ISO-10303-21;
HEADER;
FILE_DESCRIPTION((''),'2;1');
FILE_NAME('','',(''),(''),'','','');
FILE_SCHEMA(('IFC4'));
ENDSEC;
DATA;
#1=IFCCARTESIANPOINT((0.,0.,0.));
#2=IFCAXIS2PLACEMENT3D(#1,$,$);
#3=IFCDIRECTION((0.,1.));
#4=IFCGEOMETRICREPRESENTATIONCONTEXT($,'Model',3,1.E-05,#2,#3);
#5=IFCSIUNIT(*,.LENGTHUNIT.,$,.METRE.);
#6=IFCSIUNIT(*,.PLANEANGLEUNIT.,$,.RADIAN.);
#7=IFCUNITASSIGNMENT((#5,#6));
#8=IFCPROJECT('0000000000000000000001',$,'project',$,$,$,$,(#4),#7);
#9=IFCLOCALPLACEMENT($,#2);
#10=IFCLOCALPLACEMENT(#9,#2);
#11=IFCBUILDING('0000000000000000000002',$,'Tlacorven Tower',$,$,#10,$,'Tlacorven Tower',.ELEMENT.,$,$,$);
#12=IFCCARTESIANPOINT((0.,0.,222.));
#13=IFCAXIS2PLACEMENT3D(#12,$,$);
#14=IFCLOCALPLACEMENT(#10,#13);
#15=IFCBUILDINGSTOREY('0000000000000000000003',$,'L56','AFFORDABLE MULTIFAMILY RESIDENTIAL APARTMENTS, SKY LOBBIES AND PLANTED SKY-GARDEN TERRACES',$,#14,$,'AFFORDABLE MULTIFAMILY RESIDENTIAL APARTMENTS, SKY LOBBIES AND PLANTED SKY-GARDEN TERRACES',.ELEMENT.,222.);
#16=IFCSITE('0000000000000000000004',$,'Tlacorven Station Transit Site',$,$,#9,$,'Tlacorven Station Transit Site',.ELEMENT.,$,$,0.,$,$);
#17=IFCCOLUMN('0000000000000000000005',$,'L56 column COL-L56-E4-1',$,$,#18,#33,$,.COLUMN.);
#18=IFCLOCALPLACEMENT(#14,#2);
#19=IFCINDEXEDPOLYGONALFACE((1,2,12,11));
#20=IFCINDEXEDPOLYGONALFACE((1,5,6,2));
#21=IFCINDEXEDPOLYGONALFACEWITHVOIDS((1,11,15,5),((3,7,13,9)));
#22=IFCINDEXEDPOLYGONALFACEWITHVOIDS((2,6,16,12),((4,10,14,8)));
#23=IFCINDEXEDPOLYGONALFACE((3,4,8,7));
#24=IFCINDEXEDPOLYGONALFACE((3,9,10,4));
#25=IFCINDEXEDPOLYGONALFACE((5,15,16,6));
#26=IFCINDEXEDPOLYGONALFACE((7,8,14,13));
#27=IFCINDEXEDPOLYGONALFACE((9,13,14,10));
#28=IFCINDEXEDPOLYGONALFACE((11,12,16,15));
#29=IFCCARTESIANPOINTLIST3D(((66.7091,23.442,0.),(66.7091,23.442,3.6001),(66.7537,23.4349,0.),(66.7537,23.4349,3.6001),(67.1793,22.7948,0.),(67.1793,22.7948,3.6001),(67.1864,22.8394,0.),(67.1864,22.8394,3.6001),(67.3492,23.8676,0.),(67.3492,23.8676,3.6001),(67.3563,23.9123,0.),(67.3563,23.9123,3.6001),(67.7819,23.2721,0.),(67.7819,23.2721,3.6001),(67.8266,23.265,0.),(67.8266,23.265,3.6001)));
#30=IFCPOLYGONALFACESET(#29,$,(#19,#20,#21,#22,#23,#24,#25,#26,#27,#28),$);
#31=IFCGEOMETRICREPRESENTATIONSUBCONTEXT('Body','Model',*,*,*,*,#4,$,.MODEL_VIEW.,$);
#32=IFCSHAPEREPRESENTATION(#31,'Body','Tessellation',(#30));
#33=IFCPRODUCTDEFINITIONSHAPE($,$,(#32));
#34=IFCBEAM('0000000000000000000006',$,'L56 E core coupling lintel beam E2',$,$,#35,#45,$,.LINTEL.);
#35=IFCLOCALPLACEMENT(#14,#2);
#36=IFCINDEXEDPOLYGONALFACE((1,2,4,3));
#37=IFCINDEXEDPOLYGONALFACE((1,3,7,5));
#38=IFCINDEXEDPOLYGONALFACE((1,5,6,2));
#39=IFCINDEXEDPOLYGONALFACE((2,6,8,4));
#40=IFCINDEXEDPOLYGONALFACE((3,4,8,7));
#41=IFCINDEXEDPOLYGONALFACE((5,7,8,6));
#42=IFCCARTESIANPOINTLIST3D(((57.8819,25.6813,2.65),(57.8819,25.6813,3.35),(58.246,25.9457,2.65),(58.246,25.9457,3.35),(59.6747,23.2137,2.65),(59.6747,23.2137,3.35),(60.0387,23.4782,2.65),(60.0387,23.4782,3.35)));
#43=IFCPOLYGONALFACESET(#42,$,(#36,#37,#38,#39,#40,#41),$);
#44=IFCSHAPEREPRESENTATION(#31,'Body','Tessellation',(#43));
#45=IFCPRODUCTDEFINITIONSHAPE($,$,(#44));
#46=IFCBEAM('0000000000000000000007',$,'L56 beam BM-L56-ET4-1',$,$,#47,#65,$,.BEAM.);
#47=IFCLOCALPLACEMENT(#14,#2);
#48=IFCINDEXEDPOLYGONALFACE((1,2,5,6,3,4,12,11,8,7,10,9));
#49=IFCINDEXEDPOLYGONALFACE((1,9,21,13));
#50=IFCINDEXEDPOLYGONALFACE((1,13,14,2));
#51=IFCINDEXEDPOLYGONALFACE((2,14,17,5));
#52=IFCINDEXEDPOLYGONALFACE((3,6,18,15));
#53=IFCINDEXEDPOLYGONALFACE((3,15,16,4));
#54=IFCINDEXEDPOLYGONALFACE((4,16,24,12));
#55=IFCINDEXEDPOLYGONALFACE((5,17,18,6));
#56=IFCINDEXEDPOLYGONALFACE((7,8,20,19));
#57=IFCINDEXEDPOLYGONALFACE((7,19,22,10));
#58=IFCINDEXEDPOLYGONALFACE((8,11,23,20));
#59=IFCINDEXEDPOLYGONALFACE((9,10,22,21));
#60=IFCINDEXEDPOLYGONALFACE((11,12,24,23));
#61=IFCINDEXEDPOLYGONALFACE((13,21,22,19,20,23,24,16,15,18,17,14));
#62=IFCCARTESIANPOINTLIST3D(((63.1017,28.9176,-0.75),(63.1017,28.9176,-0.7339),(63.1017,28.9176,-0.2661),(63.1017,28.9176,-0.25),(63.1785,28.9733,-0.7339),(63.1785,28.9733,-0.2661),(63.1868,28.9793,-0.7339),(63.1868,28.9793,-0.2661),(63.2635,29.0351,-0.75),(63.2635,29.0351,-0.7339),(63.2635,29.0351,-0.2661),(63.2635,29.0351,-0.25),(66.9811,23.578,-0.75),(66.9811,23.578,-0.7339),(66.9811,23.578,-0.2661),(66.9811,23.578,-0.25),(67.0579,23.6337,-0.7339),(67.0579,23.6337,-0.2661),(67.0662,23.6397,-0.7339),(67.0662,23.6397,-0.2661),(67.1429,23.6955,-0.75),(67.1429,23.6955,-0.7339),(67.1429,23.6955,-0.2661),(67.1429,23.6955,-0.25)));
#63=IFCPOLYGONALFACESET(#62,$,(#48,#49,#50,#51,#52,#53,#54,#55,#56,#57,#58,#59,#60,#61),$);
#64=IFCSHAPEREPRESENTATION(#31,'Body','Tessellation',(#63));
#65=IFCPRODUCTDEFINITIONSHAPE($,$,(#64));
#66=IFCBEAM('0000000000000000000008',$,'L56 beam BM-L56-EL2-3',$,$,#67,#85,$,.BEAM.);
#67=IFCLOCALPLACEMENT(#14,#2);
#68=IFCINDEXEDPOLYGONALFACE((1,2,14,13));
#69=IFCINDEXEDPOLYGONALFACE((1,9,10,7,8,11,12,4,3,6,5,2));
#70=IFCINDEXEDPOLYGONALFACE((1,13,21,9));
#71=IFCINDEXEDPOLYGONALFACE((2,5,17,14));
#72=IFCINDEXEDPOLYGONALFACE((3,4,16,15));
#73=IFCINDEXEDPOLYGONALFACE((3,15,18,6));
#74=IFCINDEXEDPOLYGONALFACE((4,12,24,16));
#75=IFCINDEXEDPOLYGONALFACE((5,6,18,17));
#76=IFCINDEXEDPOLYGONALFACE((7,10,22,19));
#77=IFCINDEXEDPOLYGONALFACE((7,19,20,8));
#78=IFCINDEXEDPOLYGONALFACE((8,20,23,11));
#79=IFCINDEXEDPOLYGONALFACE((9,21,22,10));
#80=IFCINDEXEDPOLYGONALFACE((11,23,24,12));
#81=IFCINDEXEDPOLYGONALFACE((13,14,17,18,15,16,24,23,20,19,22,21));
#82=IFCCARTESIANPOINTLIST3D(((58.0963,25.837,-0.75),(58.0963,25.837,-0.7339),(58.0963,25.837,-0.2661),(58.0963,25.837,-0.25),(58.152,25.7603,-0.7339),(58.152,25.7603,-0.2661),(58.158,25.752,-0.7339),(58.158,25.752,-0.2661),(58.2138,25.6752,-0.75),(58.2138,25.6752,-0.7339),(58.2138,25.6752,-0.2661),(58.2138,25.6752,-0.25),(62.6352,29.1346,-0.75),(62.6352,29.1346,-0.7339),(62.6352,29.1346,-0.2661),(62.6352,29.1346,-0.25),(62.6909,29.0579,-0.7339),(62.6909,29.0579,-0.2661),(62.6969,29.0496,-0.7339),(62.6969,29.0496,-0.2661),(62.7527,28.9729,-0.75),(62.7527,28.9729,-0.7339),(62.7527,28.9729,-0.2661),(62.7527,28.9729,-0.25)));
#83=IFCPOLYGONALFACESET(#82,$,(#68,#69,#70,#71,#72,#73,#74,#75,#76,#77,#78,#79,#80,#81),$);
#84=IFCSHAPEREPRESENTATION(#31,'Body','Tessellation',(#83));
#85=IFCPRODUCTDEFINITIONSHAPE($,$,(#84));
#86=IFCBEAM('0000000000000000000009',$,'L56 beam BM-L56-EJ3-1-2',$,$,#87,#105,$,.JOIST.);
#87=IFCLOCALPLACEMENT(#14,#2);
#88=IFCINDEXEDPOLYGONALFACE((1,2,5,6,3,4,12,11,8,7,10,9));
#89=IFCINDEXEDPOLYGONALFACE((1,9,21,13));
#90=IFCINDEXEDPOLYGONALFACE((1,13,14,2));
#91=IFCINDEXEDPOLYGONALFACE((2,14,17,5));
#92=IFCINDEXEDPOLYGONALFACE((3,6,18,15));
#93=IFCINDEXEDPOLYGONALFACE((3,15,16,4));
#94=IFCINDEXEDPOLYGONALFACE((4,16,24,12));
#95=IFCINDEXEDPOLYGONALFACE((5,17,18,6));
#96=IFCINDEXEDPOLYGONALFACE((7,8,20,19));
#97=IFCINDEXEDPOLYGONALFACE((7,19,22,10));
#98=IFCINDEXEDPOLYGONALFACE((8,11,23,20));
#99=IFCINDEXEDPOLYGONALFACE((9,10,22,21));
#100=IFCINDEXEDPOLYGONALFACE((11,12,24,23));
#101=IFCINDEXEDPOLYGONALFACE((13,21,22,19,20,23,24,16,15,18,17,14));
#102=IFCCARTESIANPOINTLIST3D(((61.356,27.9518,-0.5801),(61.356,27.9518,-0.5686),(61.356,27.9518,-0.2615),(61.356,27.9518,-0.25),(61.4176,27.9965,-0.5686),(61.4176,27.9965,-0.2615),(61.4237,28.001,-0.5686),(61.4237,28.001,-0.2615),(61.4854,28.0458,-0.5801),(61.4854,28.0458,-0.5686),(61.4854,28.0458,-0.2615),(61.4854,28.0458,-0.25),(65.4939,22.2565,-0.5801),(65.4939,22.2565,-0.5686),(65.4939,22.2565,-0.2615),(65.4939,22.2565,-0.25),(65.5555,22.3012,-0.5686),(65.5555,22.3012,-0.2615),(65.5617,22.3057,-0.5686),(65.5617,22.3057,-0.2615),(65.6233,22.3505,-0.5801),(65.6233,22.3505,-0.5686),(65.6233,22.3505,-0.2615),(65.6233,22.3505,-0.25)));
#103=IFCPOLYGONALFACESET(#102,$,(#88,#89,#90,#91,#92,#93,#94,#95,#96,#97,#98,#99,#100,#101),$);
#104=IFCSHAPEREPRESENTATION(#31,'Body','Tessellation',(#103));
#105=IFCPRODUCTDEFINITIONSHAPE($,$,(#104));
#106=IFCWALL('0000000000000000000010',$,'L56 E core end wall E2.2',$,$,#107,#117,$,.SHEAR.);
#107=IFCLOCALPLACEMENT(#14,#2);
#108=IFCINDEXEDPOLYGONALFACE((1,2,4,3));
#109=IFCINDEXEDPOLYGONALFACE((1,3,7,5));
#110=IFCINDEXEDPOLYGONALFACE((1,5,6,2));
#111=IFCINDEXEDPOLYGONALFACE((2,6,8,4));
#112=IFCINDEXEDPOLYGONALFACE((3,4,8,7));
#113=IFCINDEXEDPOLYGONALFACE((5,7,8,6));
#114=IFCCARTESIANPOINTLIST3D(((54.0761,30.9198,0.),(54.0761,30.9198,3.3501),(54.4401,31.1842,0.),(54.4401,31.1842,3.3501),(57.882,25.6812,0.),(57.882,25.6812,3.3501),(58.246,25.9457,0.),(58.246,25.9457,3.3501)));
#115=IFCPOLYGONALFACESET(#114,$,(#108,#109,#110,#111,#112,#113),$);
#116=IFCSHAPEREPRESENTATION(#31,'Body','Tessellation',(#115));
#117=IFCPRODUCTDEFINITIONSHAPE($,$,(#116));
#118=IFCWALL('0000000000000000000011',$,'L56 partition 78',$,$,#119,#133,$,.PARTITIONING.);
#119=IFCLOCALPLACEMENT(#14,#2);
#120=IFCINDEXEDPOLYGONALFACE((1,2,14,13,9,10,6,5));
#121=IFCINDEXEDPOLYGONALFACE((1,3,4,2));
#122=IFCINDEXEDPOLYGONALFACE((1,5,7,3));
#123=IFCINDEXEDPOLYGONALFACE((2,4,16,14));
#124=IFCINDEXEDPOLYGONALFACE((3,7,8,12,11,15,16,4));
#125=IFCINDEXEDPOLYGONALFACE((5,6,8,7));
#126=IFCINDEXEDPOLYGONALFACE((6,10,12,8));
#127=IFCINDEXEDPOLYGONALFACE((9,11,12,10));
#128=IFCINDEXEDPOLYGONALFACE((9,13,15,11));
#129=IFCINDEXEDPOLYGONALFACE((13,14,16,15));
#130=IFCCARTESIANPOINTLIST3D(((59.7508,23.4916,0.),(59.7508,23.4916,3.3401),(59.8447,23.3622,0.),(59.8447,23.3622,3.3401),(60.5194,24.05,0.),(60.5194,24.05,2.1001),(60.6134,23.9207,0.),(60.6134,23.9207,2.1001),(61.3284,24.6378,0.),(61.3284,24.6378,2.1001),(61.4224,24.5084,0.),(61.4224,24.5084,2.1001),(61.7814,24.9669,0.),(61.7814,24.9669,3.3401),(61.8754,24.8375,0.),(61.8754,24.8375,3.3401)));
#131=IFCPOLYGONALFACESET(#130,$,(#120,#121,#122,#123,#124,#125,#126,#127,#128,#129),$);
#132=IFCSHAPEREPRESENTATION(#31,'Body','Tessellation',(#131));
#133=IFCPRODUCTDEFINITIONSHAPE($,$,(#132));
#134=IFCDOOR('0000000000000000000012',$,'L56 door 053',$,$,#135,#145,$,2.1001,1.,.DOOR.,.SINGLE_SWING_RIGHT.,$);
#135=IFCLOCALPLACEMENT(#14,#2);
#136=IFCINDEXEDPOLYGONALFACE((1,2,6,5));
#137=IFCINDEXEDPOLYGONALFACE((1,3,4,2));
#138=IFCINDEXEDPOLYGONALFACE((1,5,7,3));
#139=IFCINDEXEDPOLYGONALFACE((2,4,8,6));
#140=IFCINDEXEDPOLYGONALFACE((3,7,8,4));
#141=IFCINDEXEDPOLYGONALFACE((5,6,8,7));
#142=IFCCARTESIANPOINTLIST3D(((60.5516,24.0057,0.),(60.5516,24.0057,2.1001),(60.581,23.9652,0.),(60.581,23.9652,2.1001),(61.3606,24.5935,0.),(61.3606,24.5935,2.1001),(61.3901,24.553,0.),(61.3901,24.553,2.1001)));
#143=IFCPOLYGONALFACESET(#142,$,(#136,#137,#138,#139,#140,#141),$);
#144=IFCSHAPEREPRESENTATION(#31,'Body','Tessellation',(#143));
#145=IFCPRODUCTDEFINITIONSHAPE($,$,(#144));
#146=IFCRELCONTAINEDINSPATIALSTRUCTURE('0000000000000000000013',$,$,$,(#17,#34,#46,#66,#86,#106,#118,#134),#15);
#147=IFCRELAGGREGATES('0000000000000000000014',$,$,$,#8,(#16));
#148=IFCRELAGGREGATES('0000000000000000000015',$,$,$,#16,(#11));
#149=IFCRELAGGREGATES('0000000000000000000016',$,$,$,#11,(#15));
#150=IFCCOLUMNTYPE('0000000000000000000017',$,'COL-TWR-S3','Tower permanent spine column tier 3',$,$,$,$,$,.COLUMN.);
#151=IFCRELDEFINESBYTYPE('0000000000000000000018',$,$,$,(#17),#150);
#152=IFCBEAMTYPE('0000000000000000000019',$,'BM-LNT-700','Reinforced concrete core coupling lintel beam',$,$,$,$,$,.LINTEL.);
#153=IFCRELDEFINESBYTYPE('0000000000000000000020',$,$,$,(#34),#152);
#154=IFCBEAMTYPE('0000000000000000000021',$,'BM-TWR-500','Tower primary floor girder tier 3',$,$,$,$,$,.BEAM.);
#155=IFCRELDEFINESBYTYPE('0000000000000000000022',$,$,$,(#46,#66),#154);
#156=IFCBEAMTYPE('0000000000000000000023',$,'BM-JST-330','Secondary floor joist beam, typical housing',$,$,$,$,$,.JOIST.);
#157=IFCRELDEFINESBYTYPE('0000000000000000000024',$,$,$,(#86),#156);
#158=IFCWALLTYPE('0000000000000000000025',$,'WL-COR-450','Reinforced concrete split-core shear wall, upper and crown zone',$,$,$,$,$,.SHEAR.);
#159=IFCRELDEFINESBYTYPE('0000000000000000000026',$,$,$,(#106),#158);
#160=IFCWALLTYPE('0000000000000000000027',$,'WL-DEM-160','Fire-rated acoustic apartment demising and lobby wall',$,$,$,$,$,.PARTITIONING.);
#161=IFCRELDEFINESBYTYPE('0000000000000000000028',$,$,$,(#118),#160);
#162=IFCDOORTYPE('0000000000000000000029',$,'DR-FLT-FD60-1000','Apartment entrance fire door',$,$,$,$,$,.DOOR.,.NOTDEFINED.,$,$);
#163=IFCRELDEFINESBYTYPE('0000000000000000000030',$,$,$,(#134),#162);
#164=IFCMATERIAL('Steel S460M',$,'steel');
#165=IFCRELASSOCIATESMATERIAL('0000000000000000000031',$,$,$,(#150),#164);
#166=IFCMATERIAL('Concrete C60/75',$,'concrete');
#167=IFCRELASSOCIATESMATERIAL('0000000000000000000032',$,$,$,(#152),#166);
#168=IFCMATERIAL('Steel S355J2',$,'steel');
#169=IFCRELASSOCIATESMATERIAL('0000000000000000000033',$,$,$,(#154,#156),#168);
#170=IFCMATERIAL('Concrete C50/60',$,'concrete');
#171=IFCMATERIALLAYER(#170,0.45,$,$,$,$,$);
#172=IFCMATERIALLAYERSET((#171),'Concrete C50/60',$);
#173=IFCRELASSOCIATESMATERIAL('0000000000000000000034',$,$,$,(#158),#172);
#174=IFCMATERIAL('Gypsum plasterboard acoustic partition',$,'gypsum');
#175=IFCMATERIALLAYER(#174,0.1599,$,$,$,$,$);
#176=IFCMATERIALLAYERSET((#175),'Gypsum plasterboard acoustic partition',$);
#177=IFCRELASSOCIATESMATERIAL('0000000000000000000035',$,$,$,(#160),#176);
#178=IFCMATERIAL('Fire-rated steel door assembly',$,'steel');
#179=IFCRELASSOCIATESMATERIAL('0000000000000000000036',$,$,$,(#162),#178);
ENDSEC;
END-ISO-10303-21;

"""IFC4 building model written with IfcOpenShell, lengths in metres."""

from ifc_helpers import new_model, si_unit, direction, frame, frame_2d, origin, origin_2d, place, context, subcontext, project, spatial, rectangle, hollow_rectangle, i_section, extrude, source, transform, mapped, material, layer, layer_set, material_profile, profile_set, type_object, element, fill, save


model = new_model("IFC4")

# Units and contexts
model_context = context("Model", 3, precision=1e-05, world=origin(), true_north=direction((0.0, 1.0)))
body_context = subcontext(model_context, "Body", "Model", "MODEL_VIEW")
ifc_project = project(units=[si_unit("LENGTHUNIT", "METRE"), si_unit("PLANEANGLEUNIT", "RADIAN")], contexts=[model_context])

# Site, building, storey
site_placement = place(None, origin())
site = spatial("IfcSite", under=ifc_project, at=site_placement, Name="Tlacorven Station Transit Site", LongName="Tlacorven Station Transit Site", CompositionType="ELEMENT", RefElevation=0.0)
building_placement = place(site_placement, origin())
building = spatial("IfcBuilding", under=site, at=building_placement, Name="Tlacorven Tower", LongName="Tlacorven Tower", CompositionType="ELEMENT")
storey_placement = place(building_placement, frame((0.0, 0.0, 222.0)))
storey = spatial("IfcBuildingStorey", under=building, at=storey_placement, Name="L56", Description="AFFORDABLE MULTIFAMILY RESIDENTIAL APARTMENTS, SKY LOBBIES AND PLANTED SKY-GARDEN TERRACES", LongName="AFFORDABLE MULTIFAMILY RESIDENTIAL APARTMENTS, SKY LOBBIES AND PLANTED SKY-GARDEN TERRACES", CompositionType="ELEMENT", Elevation=222.0)

# Column
ifc_material_1 = material(Name="Steel S460M", Category="steel")
ifc_material_profile_1 = material_profile(ifc_material_1, hollow_rectangle(XDim=0.8, YDim=0.8, WallThickness=0.032, at=origin_2d()), Name="BOX 800X800X32")
ifc_profile_set_1 = profile_set([ifc_material_profile_1], Name="Steel S460M")
column_type = type_object("IfcColumnType", Name="COL-TWR-S3", Description="Tower permanent spine column tier 3", PredefinedType="COLUMN", material=ifc_profile_set_1)
shared_shape_1 = source(origin(), body_context, "Body", "SweptSolid", [
    extrude(hollow_rectangle(XDim=0.8, YDim=0.8, WallThickness=0.032, at=origin_2d()), origin(), (0.0, 0.0, 1.0), 3.6001),
])
column_placement = place(storey_placement, frame((67.2678, 23.3535, 0.0), z_axis=(0.0, 0.0, 1.0), x_axis=(0.809017, 0.587785, 0.0)))
element("IfcColumn", 1, at=column_placement, inside=storey, type_object=column_type, Name="L56 column COL-L56-E4-1", PredefinedType="COLUMN", context=body_context, shape_type="MappedRepresentation", body=[
    mapped(shared_shape_1, transform((0.0, 0.0, 0.0), scale=1.0)),
])

# Beams
ifc_material_2 = material(Name="Concrete C60/75", Category="concrete")
ifc_material_profile_2 = material_profile(ifc_material_2, rectangle(XDim=0.45, YDim=0.7, at=origin_2d()), Name="RC 450X700")
ifc_profile_set_2 = profile_set([ifc_material_profile_2], Name="Concrete C60/75")
beam_type_1 = type_object("IfcBeamType", Name="BM-LNT-700", Description="Reinforced concrete core coupling lintel beam", PredefinedType="LINTEL", material=ifc_profile_set_2)
shared_shape_2 = source(origin(), body_context, "Body", "SweptSolid", [
    extrude(rectangle(XDim=0.45, YDim=0.7, at=origin_2d()), origin(), (0.0, 0.0, 1.0), 3.05),
])
beam_1_placement = place(storey_placement, frame((59.8567, 23.3459, 3.0), z_axis=(-0.587777, 0.809023, 0.0), x_axis=(-0.809023, -0.587777, 0.0)))
element("IfcBeam", 2, at=beam_1_placement, inside=storey, type_object=beam_type_1, Name="L56 E core coupling lintel beam E2", PredefinedType="LINTEL", context=body_context, shape_type="MappedRepresentation", body=[
    mapped(shared_shape_2, transform((0.0, 0.0, 0.0), scale=1.0)),
])
ifc_material_3 = material(Name="Steel S355J2", Category="steel")
ifc_material_profile_3 = material_profile(ifc_material_3, i_section(OverallWidth=0.2, OverallDepth=0.5, WebThickness=0.0103, FlangeThickness=0.0161, at=origin_2d()), Name="IPE 500")
ifc_profile_set_3 = profile_set([ifc_material_profile_3], Name="Steel S355J2")
beam_type_2 = type_object("IfcBeamType", Name="BM-TWR-500", Description="Tower primary floor girder tier 3", PredefinedType="BEAM", material=ifc_profile_set_3)
shared_shape_3 = source(origin(), body_context, "Body", "SweptSolid", [
    extrude(i_section(OverallWidth=0.2, OverallDepth=0.5, WebThickness=0.0103, FlangeThickness=0.0161, at=origin_2d()), origin(), (0.0, 0.0, 1.0), 6.6001),
])
beam_2_placement = place(storey_placement, frame((67.062, 23.6367, -0.5), z_axis=(-0.58778, 0.809021, 0.0), x_axis=(-0.809021, -0.58778, 0.0)))
element("IfcBeam", 3, at=beam_2_placement, inside=storey, type_object=beam_type_2, Name="L56 beam BM-L56-ET4-1", PredefinedType="BEAM", context=body_context, shape_type="MappedRepresentation", body=[
    mapped(shared_shape_3, transform((0.0, 0.0, 0.0), scale=1.0)),
])
shared_shape_4 = source(origin(), body_context, "Body", "SweptSolid", [
    extrude(i_section(OverallWidth=0.2, OverallDepth=0.5, WebThickness=0.0103, FlangeThickness=0.0161, at=origin_2d()), origin(), (0.0, 0.0, 1.0), 5.6104),
])
beam_3_placement = place(storey_placement, frame((58.155, 25.7561, -0.5), z_axis=(0.80902, 0.587781, 0.0), x_axis=(-0.587781, 0.80902, 0.0)))
element("IfcBeam", 4, at=beam_3_placement, inside=storey, type_object=beam_type_2, Name="L56 beam BM-L56-EL2-3", PredefinedType="BEAM", context=body_context, shape_type="MappedRepresentation", body=[
    mapped(shared_shape_4, transform((0.0, 0.0, 0.0), scale=1.0)),
])
ifc_material_profile_4 = material_profile(ifc_material_3, i_section(OverallWidth=0.1599, OverallDepth=0.3301, WebThickness=0.0076, FlangeThickness=0.0115, at=origin_2d()), Name="IPE 330")
ifc_profile_set_4 = profile_set([ifc_material_profile_4], Name="Steel S355J2")
beam_type_3 = type_object("IfcBeamType", Name="BM-JST-330", Description="Secondary floor joist beam, typical housing", PredefinedType="JOIST", material=ifc_profile_set_4)
shared_shape_5 = source(origin(), body_context, "Body", "SweptSolid", [
    extrude(i_section(OverallWidth=0.1599, OverallDepth=0.3301, WebThickness=0.0076, FlangeThickness=0.0115, at=origin_2d()), origin(), (0.0, 0.0, 1.0), 7.0398),
])
beam_4_placement = place(storey_placement, frame((65.5586, 22.3035, -0.415), z_axis=(-0.58779, 0.809013, 0.0), x_axis=(-0.809013, -0.58779, 0.0)))
element("IfcBeam", 5, at=beam_4_placement, inside=storey, type_object=beam_type_3, Name="L56 beam BM-L56-EJ3-1-2", PredefinedType="JOIST", context=body_context, shape_type="MappedRepresentation", body=[
    mapped(shared_shape_5, transform((0.0, 0.0, 0.0), scale=1.0)),
])

# Wall
ifc_material_4 = material(Name="Concrete C50/60", Category="concrete")
ifc_layer_1 = layer(ifc_material_4, 0.45)
ifc_layer_set_1 = layer_set([ifc_layer_1], Name="Concrete C50/60")
wall_type_1 = type_object("IfcWallType", Name="WL-COR-450", Description="Reinforced concrete split-core shear wall, upper and crown zone", PredefinedType="SHEAR", material=ifc_layer_set_1)
wall_1_placement = place(storey_placement, frame((58.064, 25.8135, 0.0), z_axis=(0.0, 0.0, 1.0), x_axis=(-0.587775, 0.809025, 0.0)))
element("IfcWall", 6, at=wall_1_placement, inside=storey, type_object=wall_type_1, Name="L56 E core end wall E2.2", PredefinedType="SHEAR", context=body_context, shape_type="SweptSolid", body=[
    extrude(rectangle(XDim=6.4751, YDim=0.45, at=frame_2d((3.2375, 0.0))), origin(), (0.0, 0.0, 1.0), 3.3501),
])

# Wall, opening, door
ifc_material_5 = material(Name="Gypsum plasterboard acoustic partition", Category="gypsum")
ifc_layer_2 = layer(ifc_material_5, 0.1599)
ifc_layer_set_2 = layer_set([ifc_layer_2], Name="Gypsum plasterboard acoustic partition")
wall_type_2 = type_object("IfcWallType", Name="WL-DEM-160", Description="Fire-rated acoustic apartment demising and lobby wall", PredefinedType="PARTITIONING", material=ifc_layer_set_2)
wall_2_placement = place(storey_placement, frame((59.7979, 23.427, 0.0), z_axis=(0.0, 0.0, 1.0), x_axis=(0.809035, 0.587761, 0.0)))
wall_2 = element("IfcWall", 7, at=wall_2_placement, inside=storey, type_object=wall_type_2, Name="L56 partition 78", PredefinedType="PARTITIONING", context=body_context, shape_type="SweptSolid", body=[
    extrude(rectangle(XDim=2.51, YDim=0.1599, at=frame_2d((1.2549, 0.0))), origin(), (0.0, 0.0, 1.0), 3.3401),
])
opening_1_placement = place(wall_2_placement, frame((0.95, 0.0, 0.0)))
opening_1 = element("IfcOpeningElement", 8, at=opening_1_placement, cuts=wall_2, PredefinedType="OPENING", context=body_context, shape_type="SweptSolid", body=[
    extrude(rectangle(XDim=1.0, YDim=2.1001, at=frame_2d((0.5, 1.05))), frame((0.0, 0.0898, 0.0), z_axis=(0.0, -1.0, 0.0), x_axis=(1.0, 0.0, 0.0)), (0.0, 0.0, 1.0), 0.1799),
])
ifc_material_6 = material(Name="Fire-rated steel door assembly", Category="steel")
door_type_1 = type_object("IfcDoorType", Name="DR-FLT-FD60-1000", Description="Apartment entrance fire door", OperationType="NOTDEFINED", PredefinedType="DOOR", material=ifc_material_6)
shared_shape_6 = source(origin(), body_context, "Body", "SweptSolid", [
    extrude(rectangle(XDim=1.0, YDim=2.1001, at=frame_2d((0.5, 1.05))), frame((0.0, 0.0249, 0.0), z_axis=(0.0, -1.0, 0.0), x_axis=(1.0, 0.0, 0.0)), (0.0, 0.0, 1.0), 0.05),
])
door_1_placement = place(opening_1_placement, frame((1.0, 0.0, 0.0), z_axis=(0.0, 0.0, 1.0), x_axis=(-1.0, 0.0, 0.0)))
door_1 = element("IfcDoor", 9, at=door_1_placement, inside=storey, type_object=door_type_1, Name="L56 door 053", OperationType="SINGLE_SWING_RIGHT", OverallHeight=2.1001, OverallWidth=1.0, PredefinedType="DOOR", context=body_context, shape_type="MappedRepresentation", body=[
    mapped(shared_shape_6, transform((0.0, 0.0, 0.0), scale=1.0)),
])
fill(opening_1, door_1)

save(model, "model.ifc")
